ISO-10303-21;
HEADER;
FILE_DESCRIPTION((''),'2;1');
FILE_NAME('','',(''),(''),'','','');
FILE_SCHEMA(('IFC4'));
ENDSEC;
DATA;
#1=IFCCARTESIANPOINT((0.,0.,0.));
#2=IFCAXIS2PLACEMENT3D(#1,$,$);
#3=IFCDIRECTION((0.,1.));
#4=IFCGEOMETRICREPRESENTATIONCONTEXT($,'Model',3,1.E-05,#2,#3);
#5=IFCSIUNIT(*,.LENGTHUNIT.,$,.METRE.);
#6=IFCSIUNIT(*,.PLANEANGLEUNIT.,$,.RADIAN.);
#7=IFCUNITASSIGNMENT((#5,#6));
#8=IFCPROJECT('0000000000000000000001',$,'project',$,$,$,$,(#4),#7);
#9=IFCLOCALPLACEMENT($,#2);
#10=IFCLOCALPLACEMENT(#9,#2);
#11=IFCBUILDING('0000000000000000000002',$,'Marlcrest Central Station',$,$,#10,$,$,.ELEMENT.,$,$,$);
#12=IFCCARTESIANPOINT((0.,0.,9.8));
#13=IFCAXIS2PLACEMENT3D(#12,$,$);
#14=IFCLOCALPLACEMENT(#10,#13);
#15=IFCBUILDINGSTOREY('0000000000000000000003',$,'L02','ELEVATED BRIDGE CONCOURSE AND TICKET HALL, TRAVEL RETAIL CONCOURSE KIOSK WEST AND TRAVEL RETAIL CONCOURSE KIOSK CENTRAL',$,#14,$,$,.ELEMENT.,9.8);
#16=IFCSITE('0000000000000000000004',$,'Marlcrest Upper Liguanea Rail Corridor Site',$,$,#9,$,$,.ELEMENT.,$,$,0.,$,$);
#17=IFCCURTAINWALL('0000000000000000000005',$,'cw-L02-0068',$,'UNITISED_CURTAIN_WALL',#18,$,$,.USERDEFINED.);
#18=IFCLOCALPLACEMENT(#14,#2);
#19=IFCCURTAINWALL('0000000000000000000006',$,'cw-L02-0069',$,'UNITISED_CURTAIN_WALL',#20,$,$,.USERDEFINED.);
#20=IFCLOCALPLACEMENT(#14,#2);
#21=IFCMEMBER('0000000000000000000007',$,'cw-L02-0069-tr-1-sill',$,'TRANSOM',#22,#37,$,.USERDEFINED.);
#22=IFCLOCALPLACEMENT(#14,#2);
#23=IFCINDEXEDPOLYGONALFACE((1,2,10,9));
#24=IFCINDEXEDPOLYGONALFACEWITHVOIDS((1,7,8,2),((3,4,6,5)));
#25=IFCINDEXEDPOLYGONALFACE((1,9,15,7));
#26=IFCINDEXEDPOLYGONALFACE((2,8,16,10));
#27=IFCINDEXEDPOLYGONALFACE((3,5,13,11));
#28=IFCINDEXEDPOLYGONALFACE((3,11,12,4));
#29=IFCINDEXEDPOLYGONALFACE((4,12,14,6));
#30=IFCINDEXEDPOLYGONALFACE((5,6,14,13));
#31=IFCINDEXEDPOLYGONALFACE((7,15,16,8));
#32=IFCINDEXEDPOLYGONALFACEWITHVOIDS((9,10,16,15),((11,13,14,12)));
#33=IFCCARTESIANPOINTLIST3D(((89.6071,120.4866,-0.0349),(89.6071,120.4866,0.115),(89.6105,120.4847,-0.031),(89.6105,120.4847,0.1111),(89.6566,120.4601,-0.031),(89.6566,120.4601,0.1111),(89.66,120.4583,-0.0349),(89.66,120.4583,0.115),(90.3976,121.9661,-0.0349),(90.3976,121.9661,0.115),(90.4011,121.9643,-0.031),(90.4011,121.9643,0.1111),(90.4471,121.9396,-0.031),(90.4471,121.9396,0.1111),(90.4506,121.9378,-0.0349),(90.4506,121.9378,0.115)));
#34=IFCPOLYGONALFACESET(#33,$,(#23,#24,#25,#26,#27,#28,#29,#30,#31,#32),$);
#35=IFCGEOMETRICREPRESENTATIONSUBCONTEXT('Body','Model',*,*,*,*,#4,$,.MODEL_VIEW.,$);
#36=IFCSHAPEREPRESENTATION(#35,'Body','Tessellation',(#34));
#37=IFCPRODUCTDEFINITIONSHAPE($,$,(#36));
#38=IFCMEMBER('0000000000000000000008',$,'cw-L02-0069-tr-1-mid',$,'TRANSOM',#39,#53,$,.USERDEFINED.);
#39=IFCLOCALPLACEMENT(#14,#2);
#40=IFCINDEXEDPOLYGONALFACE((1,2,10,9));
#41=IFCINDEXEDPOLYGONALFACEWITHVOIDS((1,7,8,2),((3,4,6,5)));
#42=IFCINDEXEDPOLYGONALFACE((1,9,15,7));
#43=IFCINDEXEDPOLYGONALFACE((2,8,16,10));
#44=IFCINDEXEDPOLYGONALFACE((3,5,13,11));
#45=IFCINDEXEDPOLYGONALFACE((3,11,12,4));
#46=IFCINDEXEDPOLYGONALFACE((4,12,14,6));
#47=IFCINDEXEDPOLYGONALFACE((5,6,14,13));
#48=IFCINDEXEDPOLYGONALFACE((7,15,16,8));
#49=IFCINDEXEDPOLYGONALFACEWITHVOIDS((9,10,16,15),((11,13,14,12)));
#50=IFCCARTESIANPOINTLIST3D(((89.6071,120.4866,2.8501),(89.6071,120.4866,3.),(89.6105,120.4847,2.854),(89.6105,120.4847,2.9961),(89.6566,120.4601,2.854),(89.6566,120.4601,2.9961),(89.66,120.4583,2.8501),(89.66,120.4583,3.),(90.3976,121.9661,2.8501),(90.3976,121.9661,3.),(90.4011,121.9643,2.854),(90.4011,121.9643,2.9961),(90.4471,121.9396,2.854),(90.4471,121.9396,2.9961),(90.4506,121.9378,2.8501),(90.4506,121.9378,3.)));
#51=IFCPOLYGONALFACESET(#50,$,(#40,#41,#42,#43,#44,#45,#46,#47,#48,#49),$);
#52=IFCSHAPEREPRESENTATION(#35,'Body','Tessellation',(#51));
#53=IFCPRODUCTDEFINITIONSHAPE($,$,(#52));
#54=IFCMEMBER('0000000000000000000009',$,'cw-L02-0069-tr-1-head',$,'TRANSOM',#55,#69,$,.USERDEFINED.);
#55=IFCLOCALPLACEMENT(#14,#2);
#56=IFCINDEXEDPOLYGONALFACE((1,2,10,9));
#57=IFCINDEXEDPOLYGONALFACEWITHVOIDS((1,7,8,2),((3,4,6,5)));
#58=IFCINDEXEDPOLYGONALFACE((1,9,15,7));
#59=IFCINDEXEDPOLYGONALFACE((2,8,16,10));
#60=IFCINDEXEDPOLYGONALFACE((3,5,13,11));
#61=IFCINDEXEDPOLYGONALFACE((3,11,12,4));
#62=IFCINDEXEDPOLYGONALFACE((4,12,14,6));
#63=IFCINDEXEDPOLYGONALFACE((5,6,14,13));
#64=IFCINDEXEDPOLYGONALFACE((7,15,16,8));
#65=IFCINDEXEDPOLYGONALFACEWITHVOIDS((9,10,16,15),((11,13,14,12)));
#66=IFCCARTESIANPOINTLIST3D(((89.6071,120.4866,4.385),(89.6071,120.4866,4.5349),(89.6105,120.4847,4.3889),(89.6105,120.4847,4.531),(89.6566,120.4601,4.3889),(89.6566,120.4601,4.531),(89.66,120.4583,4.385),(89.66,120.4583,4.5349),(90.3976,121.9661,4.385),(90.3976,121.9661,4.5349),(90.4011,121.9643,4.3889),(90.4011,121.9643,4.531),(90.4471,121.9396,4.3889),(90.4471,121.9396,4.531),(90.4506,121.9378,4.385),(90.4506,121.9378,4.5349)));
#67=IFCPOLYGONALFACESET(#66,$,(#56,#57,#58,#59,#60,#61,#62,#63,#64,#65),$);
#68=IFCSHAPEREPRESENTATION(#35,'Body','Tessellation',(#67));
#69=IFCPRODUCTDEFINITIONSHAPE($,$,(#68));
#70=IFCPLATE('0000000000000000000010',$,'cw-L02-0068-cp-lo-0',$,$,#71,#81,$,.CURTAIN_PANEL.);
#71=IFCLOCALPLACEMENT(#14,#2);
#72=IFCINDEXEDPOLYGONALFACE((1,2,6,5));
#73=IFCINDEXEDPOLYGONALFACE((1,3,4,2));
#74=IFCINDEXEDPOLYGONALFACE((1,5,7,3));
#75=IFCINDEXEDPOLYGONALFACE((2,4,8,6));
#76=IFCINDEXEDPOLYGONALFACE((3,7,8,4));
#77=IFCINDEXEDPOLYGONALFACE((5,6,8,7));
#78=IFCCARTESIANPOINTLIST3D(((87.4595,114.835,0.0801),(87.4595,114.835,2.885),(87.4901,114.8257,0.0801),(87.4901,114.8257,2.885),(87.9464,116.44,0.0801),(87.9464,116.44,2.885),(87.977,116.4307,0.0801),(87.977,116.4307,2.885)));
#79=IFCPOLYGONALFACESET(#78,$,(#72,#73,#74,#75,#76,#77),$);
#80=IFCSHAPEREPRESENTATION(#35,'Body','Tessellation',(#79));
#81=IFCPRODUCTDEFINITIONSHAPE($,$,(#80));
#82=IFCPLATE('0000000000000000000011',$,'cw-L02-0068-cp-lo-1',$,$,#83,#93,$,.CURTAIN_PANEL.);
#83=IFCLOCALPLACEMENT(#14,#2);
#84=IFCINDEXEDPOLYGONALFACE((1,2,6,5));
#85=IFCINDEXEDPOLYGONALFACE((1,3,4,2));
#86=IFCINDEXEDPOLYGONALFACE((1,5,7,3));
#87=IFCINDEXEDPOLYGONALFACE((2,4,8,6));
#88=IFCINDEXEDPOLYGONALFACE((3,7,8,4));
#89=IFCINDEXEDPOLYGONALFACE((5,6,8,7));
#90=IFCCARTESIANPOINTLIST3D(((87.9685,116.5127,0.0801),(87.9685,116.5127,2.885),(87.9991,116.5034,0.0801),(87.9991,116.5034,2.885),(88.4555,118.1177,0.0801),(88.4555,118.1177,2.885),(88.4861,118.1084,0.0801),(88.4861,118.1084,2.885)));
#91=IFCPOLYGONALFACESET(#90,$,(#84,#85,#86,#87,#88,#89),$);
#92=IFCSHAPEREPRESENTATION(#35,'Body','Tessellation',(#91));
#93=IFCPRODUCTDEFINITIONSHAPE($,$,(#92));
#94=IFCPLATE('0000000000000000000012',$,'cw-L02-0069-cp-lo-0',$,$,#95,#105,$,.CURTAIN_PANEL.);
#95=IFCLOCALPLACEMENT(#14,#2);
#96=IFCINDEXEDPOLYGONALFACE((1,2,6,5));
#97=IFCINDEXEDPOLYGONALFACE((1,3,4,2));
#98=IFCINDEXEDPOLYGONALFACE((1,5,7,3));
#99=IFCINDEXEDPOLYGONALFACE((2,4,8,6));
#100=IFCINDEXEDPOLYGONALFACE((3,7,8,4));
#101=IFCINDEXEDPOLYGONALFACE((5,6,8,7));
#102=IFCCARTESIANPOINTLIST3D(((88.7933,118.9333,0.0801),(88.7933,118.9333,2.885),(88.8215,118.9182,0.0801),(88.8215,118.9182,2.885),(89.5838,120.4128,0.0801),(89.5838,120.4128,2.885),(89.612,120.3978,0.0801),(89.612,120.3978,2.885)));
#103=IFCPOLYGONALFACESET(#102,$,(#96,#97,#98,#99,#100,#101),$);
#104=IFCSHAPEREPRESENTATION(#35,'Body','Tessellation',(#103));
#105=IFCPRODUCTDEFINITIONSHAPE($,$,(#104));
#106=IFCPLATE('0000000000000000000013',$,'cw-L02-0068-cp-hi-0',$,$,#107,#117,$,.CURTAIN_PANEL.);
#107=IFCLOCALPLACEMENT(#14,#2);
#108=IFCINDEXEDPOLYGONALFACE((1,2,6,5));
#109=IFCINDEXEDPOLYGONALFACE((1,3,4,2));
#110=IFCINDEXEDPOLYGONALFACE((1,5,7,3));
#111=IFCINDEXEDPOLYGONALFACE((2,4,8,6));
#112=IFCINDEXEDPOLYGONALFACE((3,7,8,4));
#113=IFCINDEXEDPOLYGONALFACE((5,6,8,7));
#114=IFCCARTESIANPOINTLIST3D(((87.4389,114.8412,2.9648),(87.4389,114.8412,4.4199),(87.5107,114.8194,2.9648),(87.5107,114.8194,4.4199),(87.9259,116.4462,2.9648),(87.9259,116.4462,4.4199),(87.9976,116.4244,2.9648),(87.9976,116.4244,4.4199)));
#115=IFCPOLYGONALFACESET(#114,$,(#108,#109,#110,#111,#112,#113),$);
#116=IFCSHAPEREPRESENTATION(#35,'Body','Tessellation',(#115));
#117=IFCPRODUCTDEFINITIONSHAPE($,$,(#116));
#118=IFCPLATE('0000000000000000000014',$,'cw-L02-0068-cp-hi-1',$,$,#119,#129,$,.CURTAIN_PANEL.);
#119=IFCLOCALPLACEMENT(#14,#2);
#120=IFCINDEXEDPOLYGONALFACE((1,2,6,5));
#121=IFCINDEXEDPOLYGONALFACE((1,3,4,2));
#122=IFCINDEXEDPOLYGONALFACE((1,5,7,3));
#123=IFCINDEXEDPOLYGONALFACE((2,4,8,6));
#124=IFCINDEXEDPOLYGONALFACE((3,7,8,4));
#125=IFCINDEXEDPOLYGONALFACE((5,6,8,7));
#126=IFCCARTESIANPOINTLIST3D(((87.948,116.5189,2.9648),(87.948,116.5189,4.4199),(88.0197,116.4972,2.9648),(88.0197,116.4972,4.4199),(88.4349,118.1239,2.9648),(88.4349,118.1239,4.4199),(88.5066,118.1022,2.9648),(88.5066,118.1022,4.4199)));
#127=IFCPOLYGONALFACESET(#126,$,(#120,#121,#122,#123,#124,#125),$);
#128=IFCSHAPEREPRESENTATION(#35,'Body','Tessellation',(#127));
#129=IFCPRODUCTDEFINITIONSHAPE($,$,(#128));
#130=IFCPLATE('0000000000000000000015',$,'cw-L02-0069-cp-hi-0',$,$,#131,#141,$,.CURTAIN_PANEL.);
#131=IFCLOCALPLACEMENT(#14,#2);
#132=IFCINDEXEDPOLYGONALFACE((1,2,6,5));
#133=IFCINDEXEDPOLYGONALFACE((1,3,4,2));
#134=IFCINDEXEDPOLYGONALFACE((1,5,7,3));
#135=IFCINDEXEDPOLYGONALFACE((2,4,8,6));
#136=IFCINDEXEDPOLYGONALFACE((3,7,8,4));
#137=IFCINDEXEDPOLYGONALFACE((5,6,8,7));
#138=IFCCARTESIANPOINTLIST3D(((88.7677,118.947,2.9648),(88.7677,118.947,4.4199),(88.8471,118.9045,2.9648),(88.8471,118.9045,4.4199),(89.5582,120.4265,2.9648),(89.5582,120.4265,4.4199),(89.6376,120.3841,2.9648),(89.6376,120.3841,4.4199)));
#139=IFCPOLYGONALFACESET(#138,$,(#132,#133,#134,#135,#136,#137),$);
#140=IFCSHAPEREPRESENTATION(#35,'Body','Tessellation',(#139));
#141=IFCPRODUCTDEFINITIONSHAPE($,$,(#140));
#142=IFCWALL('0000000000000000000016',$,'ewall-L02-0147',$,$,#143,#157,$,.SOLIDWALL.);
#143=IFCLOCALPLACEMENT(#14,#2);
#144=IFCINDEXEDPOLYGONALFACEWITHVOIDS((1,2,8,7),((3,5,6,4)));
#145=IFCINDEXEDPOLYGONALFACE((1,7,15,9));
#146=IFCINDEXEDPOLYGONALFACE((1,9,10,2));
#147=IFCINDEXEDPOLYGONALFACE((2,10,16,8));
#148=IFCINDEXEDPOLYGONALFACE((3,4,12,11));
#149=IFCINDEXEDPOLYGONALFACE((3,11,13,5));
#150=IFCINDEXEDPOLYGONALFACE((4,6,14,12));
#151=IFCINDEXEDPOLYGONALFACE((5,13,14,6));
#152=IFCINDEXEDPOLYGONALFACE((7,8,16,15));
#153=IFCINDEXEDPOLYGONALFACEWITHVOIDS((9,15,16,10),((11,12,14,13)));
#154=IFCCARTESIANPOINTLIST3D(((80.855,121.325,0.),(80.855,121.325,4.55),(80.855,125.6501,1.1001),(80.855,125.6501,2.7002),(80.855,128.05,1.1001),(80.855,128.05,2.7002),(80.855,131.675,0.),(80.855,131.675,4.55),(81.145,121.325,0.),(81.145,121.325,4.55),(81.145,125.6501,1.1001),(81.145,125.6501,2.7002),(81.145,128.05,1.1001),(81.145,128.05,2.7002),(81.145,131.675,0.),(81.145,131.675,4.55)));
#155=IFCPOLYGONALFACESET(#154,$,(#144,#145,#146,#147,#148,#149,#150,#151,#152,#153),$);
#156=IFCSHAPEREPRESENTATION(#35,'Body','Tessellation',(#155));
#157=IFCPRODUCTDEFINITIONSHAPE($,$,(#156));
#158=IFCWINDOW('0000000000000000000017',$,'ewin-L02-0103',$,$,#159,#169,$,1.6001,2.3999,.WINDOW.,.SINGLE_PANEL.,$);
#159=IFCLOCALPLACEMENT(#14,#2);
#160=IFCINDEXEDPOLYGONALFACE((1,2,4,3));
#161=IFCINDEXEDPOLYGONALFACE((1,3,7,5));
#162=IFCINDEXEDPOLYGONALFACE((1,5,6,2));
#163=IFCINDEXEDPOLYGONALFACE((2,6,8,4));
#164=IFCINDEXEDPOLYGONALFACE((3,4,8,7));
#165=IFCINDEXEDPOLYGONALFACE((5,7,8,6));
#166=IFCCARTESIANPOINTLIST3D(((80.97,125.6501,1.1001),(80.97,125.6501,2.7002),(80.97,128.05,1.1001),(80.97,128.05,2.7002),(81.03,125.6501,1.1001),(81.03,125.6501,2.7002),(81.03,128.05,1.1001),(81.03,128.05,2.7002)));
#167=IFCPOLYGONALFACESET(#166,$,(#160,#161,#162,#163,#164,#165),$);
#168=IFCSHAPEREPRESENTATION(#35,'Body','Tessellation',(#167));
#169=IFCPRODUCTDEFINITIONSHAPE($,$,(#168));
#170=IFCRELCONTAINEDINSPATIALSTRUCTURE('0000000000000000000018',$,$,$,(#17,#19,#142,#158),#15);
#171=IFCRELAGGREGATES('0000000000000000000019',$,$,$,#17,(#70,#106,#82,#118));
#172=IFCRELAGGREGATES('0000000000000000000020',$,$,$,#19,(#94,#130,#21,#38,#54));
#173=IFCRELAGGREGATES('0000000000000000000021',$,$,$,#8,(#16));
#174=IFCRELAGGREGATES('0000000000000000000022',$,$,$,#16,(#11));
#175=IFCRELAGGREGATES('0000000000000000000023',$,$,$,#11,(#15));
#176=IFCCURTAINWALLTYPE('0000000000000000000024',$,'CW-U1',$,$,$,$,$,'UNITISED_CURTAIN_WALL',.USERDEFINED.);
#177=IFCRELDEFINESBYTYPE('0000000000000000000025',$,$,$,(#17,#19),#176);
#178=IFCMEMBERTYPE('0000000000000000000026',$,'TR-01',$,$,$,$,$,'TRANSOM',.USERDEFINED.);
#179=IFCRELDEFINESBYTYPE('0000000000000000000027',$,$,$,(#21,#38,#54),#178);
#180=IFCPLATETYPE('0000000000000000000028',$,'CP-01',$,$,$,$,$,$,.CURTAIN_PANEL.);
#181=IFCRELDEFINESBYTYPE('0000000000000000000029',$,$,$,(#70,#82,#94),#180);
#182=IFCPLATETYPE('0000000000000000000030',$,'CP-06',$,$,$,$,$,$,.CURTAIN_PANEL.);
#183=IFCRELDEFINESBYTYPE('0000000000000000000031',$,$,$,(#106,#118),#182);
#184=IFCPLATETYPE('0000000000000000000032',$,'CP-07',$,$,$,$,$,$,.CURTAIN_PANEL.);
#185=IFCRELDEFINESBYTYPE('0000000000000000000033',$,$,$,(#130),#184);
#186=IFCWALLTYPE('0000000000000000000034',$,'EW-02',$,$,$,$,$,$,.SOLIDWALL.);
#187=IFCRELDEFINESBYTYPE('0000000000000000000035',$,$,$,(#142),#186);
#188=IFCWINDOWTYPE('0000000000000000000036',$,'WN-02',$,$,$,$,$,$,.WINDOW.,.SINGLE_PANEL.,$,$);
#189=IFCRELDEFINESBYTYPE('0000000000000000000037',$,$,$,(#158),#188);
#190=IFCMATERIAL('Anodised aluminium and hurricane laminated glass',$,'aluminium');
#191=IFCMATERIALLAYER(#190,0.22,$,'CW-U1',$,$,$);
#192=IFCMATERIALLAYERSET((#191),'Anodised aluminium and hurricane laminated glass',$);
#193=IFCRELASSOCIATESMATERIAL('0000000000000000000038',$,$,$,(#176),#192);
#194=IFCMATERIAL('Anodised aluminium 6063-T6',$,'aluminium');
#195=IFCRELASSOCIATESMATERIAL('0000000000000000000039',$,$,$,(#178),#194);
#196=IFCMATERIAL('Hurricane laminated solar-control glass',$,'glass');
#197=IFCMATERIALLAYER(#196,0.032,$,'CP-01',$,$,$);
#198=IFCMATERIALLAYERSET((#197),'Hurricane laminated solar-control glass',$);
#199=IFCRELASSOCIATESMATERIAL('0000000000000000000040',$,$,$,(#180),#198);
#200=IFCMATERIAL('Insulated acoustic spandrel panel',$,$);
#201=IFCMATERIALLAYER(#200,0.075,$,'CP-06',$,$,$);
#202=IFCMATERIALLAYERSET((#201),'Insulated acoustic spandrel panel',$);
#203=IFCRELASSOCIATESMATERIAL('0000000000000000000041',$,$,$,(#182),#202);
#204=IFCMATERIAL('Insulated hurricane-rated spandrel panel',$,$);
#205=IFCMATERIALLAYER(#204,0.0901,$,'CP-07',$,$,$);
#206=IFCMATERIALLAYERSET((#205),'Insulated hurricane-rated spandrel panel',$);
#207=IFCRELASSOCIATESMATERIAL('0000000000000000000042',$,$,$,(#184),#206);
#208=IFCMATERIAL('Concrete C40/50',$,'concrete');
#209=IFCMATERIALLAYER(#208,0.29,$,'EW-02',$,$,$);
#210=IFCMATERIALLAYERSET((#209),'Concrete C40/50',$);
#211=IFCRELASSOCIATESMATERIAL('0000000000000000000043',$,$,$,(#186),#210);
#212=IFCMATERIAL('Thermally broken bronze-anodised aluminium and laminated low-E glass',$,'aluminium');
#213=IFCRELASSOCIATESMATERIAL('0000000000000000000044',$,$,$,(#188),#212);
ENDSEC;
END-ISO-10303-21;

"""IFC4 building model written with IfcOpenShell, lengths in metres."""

from ifc_helpers import new_model, si_unit, direction, frame, frame_2d, origin, origin_2d, place, context, subcontext, project, spatial, rectangle, hollow_rectangle, extrude, material, layer, layer_set, material_profile, profile_set, type_object, element, fill, aggregate, save


model = new_model("IFC4")

# Units and contexts
model_context = context("Model", 3, precision=1e-05, world=origin(), true_north=direction((0.0, 1.0)))
body_context = subcontext(model_context, "Body", "Model", "MODEL_VIEW")
ifc_project = project(units=[si_unit("LENGTHUNIT", "METRE"), si_unit("PLANEANGLEUNIT", "RADIAN")], contexts=[model_context])

# Site, building, storey
site_placement = place(None, origin())
site = spatial("IfcSite", under=ifc_project, at=site_placement, Name="Marlcrest Upper Liguanea Rail Corridor Site", CompositionType="ELEMENT", RefElevation=0.0)
building_placement = place(site_placement, origin())
building = spatial("IfcBuilding", under=site, at=building_placement, Name="Marlcrest Central Station", CompositionType="ELEMENT")
storey_placement = place(building_placement, frame((0.0, 0.0, 9.8)))
storey = spatial("IfcBuildingStorey", under=building, at=storey_placement, Name="L02", Description="ELEVATED BRIDGE CONCOURSE AND TICKET HALL, TRAVEL RETAIL CONCOURSE KIOSK WEST AND TRAVEL RETAIL CONCOURSE KIOSK CENTRAL", CompositionType="ELEMENT", Elevation=9.8)

# Curtain walls
ifc_material_1 = material(Name="Anodised aluminium and hurricane laminated glass", Category="aluminium")
ifc_layer_1 = layer(ifc_material_1, 0.22, Name="CW-U1")
ifc_layer_set_1 = layer_set([ifc_layer_1], Name="Anodised aluminium and hurricane laminated glass")
curtain_wall_type = type_object("IfcCurtainWallType", Name="CW-U1", ElementType="UNITISED_CURTAIN_WALL", PredefinedType="USERDEFINED", material=ifc_layer_set_1)
curtain_wall_1_placement = place(storey_placement, origin())
curtain_wall_1 = element("IfcCurtainWall", 1, at=curtain_wall_1_placement, inside=storey, type_object=curtain_wall_type, Name="cw-L02-0068", ObjectType="UNITISED_CURTAIN_WALL", PredefinedType="USERDEFINED")
ifc_material_2 = material(Name="Anodised aluminium 6063-T6", Category="aluminium")
curtain_wall_2_placement = place(storey_placement, origin())
curtain_wall_2 = element("IfcCurtainWall", 2, at=curtain_wall_2_placement, inside=storey, type_object=curtain_wall_type, Name="cw-L02-0069", ObjectType="UNITISED_CURTAIN_WALL", PredefinedType="USERDEFINED")

# Members
ifc_material_profile_1 = material_profile(ifc_material_2, hollow_rectangle(XDim=0.0601, YDim=0.1499, WallThickness=0.0039, at=origin_2d()), Name="AA-RHS 150x60x4")
ifc_profile_set_1 = profile_set([ifc_material_profile_1], Name="Anodised aluminium 6063-T6")
member_type_1 = type_object("IfcMemberType", Name="TR-01", ElementType="TRANSOM", PredefinedType="USERDEFINED", material=ifc_profile_set_1)
member_1_placement = place(storey_placement, frame((89.6335, 120.4724, 0.04), z_axis=(0.471268, 0.88199, 0.0), x_axis=(-0.88199, 0.471268, 0.0)))
member_1 = element("IfcMember", 3, at=member_1_placement, type_object=member_type_1, Name="cw-L02-0069-tr-1-sill", ObjectType="TRANSOM", PredefinedType="USERDEFINED", context=body_context, shape_type="SweptSolid", body=[
    extrude(hollow_rectangle(XDim=0.0601, YDim=0.1499, WallThickness=0.0039, at=origin_2d()), origin(), (0.0, 0.0, 1.0), 1.6775),
])
member_2_placement = place(storey_placement, frame((89.6335, 120.4724, 2.925), z_axis=(0.471268, 0.88199, 0.0), x_axis=(-0.88199, 0.471268, 0.0)))
member_2 = element("IfcMember", 4, at=member_2_placement, type_object=member_type_1, Name="cw-L02-0069-tr-1-mid", ObjectType="TRANSOM", PredefinedType="USERDEFINED", context=body_context, shape_type="SweptSolid", body=[
    extrude(hollow_rectangle(XDim=0.0601, YDim=0.1499, WallThickness=0.0039, at=origin_2d()), origin(), (0.0, 0.0, 1.0), 1.6775),
])
member_3_placement = place(storey_placement, frame((89.6335, 120.4724, 4.46), z_axis=(0.471268, 0.88199, 0.0), x_axis=(-0.88199, 0.471268, 0.0)))
member_3 = element("IfcMember", 5, at=member_3_placement, type_object=member_type_1, Name="cw-L02-0069-tr-1-head", ObjectType="TRANSOM", PredefinedType="USERDEFINED", context=body_context, shape_type="SweptSolid", body=[
    extrude(hollow_rectangle(XDim=0.0601, YDim=0.1499, WallThickness=0.0039, at=origin_2d()), origin(), (0.0, 0.0, 1.0), 1.6775),
])

# Plates
ifc_material_3 = material(Name="Hurricane laminated solar-control glass", Category="glass")
ifc_layer_2 = layer(ifc_material_3, 0.032, Name="CP-01")
ifc_layer_set_2 = layer_set([ifc_layer_2], Name="Hurricane laminated solar-control glass")
plate_type_1 = type_object("IfcPlateType", Name="CP-01", PredefinedType="CURTAIN_PANEL", material=ifc_layer_set_2)
plate_1_placement = place(storey_placement, frame((87.7183, 115.6328, 0.0801), z_axis=(0.0, 0.0, 1.0), x_axis=(0.290318, 0.95693, 0.0)))
plate_1 = element("IfcPlate", 6, at=plate_1_placement, type_object=plate_type_1, Name="cw-L02-0068-cp-lo-0", PredefinedType="CURTAIN_PANEL", context=body_context, shape_type="SweptSolid", body=[
    extrude(rectangle(XDim=1.6772, YDim=0.032, at=origin_2d()), origin(), (0.0, 0.0, 1.0), 2.8049),
])
plate_2_placement = place(storey_placement, frame((88.2273, 117.3105, 0.0801), z_axis=(0.0, 0.0, 1.0), x_axis=(0.290318, 0.95693, 0.0)))
plate_2 = element("IfcPlate", 7, at=plate_2_placement, type_object=plate_type_1, Name="cw-L02-0068-cp-lo-1", PredefinedType="CURTAIN_PANEL", context=body_context, shape_type="SweptSolid", body=[
    extrude(rectangle(XDim=1.6772, YDim=0.032, at=origin_2d()), origin(), (0.0, 0.0, 1.0), 2.8049),
])
plate_3_placement = place(storey_placement, frame((89.2026, 119.6655, 0.0801), z_axis=(0.0, 0.0, 1.0), x_axis=(0.471243, 0.882004, 0.0)))
plate_3 = element("IfcPlate", 8, at=plate_3_placement, type_object=plate_type_1, Name="cw-L02-0069-cp-lo-0", PredefinedType="CURTAIN_PANEL", context=body_context, shape_type="SweptSolid", body=[
    extrude(rectangle(XDim=1.6775, YDim=0.032, at=origin_2d()), origin(), (0.0, 0.0, 1.0), 2.8049),
])
ifc_material_4 = material(Name="Insulated acoustic spandrel panel")
ifc_layer_3 = layer(ifc_material_4, 0.075, Name="CP-06")
ifc_layer_set_3 = layer_set([ifc_layer_3], Name="Insulated acoustic spandrel panel")
plate_type_2 = type_object("IfcPlateType", Name="CP-06", PredefinedType="CURTAIN_PANEL", material=ifc_layer_set_3)
plate_4_placement = place(storey_placement, frame((87.7183, 115.6328, 2.9648), z_axis=(0.0, 0.0, 1.0), x_axis=(0.290318, 0.95693, 0.0)))
plate_4 = element("IfcPlate", 9, at=plate_4_placement, type_object=plate_type_2, Name="cw-L02-0068-cp-hi-0", PredefinedType="CURTAIN_PANEL", context=body_context, shape_type="SweptSolid", body=[
    extrude(rectangle(XDim=1.6772, YDim=0.075, at=origin_2d()), origin(), (0.0, 0.0, 1.0), 1.4551),
])
plate_5_placement = place(storey_placement, frame((88.2273, 117.3105, 2.9648), z_axis=(0.0, 0.0, 1.0), x_axis=(0.290318, 0.95693, 0.0)))
plate_5 = element("IfcPlate", 10, at=plate_5_placement, type_object=plate_type_2, Name="cw-L02-0068-cp-hi-1", PredefinedType="CURTAIN_PANEL", context=body_context, shape_type="SweptSolid", body=[
    extrude(rectangle(XDim=1.6772, YDim=0.075, at=origin_2d()), origin(), (0.0, 0.0, 1.0), 1.4551),
])
aggregate(curtain_wall_1, [plate_1, plate_4, plate_2, plate_5])
ifc_material_5 = material(Name="Insulated hurricane-rated spandrel panel")
ifc_layer_4 = layer(ifc_material_5, 0.0901, Name="CP-07")
ifc_layer_set_4 = layer_set([ifc_layer_4], Name="Insulated hurricane-rated spandrel panel")
plate_type_3 = type_object("IfcPlateType", Name="CP-07", PredefinedType="CURTAIN_PANEL", material=ifc_layer_set_4)
plate_6_placement = place(storey_placement, frame((89.2026, 119.6655, 2.9648), z_axis=(0.0, 0.0, 1.0), x_axis=(0.471243, 0.882004, 0.0)))
plate_6 = element("IfcPlate", 11, at=plate_6_placement, type_object=plate_type_3, Name="cw-L02-0069-cp-hi-0", PredefinedType="CURTAIN_PANEL", context=body_context, shape_type="SweptSolid", body=[
    extrude(rectangle(XDim=1.6775, YDim=0.0901, at=origin_2d()), origin(), (0.0, 0.0, 1.0), 1.4551),
])
aggregate(curtain_wall_2, [plate_3, plate_6, member_1, member_2, member_3])

# Wall, opening, window
ifc_material_6 = material(Name="Concrete C40/50", Category="concrete")
ifc_layer_5 = layer(ifc_material_6, 0.29, Name="EW-02")
ifc_layer_set_5 = layer_set([ifc_layer_5], Name="Concrete C40/50")
wall_type = type_object("IfcWallType", Name="EW-02", PredefinedType="SOLIDWALL", material=ifc_layer_set_5)
wall_placement = place(storey_placement, frame((81.0, 131.675, 0.0), z_axis=(0.0, 0.0, 1.0), x_axis=(0.0, -1.0, 0.0)))
wall = element("IfcWall", 12, at=wall_placement, inside=storey, type_object=wall_type, Name="ewall-L02-0147", PredefinedType="SOLIDWALL", context=body_context, shape_type="SweptSolid", body=[
    extrude(rectangle(XDim=10.3501, YDim=0.29, at=frame_2d((5.175, 0.0))), origin(), (0.0, 0.0, 1.0), 4.55),
])
opening_placement = place(wall_placement, frame((3.625, 0.0, 1.1001)))
opening = element("IfcOpeningElement", 13, at=opening_placement, cuts=wall, PredefinedType="OPENING", context=body_context, shape_type="SweptSolid", body=[
    extrude(rectangle(XDim=2.3999, YDim=1.6001, at=frame_2d((1.2, 0.8))), frame((0.0, 0.155, 0.0), z_axis=(0.0, -1.0, 0.0), x_axis=(1.0, 0.0, 0.0)), (0.0, 0.0, 1.0), 0.3101),
])
ifc_material_7 = material(Name="Thermally broken bronze-anodised aluminium and laminated low-E glass", Category="aluminium")
window_type = type_object("IfcWindowType", Name="WN-02", PartitioningType="SINGLE_PANEL", PredefinedType="WINDOW", material=ifc_material_7)
window_placement = place(opening_placement, origin())
window = element("IfcWindow", 14, at=window_placement, inside=storey, type_object=window_type, Name="ewin-L02-0103", OverallHeight=1.6001, OverallWidth=2.3999, PartitioningType="SINGLE_PANEL", PredefinedType="WINDOW", context=body_context, shape_type="SweptSolid", body=[
    extrude(rectangle(XDim=2.3999, YDim=1.6001, at=frame_2d((1.2, 0.8))), frame((0.0, 0.03, 0.0), z_axis=(0.0, -1.0, 0.0), x_axis=(1.0, 0.0, 0.0)), (0.0, 0.0, 1.0), 0.0601),
])
fill(opening, window)

save(model, "model.ifc")
